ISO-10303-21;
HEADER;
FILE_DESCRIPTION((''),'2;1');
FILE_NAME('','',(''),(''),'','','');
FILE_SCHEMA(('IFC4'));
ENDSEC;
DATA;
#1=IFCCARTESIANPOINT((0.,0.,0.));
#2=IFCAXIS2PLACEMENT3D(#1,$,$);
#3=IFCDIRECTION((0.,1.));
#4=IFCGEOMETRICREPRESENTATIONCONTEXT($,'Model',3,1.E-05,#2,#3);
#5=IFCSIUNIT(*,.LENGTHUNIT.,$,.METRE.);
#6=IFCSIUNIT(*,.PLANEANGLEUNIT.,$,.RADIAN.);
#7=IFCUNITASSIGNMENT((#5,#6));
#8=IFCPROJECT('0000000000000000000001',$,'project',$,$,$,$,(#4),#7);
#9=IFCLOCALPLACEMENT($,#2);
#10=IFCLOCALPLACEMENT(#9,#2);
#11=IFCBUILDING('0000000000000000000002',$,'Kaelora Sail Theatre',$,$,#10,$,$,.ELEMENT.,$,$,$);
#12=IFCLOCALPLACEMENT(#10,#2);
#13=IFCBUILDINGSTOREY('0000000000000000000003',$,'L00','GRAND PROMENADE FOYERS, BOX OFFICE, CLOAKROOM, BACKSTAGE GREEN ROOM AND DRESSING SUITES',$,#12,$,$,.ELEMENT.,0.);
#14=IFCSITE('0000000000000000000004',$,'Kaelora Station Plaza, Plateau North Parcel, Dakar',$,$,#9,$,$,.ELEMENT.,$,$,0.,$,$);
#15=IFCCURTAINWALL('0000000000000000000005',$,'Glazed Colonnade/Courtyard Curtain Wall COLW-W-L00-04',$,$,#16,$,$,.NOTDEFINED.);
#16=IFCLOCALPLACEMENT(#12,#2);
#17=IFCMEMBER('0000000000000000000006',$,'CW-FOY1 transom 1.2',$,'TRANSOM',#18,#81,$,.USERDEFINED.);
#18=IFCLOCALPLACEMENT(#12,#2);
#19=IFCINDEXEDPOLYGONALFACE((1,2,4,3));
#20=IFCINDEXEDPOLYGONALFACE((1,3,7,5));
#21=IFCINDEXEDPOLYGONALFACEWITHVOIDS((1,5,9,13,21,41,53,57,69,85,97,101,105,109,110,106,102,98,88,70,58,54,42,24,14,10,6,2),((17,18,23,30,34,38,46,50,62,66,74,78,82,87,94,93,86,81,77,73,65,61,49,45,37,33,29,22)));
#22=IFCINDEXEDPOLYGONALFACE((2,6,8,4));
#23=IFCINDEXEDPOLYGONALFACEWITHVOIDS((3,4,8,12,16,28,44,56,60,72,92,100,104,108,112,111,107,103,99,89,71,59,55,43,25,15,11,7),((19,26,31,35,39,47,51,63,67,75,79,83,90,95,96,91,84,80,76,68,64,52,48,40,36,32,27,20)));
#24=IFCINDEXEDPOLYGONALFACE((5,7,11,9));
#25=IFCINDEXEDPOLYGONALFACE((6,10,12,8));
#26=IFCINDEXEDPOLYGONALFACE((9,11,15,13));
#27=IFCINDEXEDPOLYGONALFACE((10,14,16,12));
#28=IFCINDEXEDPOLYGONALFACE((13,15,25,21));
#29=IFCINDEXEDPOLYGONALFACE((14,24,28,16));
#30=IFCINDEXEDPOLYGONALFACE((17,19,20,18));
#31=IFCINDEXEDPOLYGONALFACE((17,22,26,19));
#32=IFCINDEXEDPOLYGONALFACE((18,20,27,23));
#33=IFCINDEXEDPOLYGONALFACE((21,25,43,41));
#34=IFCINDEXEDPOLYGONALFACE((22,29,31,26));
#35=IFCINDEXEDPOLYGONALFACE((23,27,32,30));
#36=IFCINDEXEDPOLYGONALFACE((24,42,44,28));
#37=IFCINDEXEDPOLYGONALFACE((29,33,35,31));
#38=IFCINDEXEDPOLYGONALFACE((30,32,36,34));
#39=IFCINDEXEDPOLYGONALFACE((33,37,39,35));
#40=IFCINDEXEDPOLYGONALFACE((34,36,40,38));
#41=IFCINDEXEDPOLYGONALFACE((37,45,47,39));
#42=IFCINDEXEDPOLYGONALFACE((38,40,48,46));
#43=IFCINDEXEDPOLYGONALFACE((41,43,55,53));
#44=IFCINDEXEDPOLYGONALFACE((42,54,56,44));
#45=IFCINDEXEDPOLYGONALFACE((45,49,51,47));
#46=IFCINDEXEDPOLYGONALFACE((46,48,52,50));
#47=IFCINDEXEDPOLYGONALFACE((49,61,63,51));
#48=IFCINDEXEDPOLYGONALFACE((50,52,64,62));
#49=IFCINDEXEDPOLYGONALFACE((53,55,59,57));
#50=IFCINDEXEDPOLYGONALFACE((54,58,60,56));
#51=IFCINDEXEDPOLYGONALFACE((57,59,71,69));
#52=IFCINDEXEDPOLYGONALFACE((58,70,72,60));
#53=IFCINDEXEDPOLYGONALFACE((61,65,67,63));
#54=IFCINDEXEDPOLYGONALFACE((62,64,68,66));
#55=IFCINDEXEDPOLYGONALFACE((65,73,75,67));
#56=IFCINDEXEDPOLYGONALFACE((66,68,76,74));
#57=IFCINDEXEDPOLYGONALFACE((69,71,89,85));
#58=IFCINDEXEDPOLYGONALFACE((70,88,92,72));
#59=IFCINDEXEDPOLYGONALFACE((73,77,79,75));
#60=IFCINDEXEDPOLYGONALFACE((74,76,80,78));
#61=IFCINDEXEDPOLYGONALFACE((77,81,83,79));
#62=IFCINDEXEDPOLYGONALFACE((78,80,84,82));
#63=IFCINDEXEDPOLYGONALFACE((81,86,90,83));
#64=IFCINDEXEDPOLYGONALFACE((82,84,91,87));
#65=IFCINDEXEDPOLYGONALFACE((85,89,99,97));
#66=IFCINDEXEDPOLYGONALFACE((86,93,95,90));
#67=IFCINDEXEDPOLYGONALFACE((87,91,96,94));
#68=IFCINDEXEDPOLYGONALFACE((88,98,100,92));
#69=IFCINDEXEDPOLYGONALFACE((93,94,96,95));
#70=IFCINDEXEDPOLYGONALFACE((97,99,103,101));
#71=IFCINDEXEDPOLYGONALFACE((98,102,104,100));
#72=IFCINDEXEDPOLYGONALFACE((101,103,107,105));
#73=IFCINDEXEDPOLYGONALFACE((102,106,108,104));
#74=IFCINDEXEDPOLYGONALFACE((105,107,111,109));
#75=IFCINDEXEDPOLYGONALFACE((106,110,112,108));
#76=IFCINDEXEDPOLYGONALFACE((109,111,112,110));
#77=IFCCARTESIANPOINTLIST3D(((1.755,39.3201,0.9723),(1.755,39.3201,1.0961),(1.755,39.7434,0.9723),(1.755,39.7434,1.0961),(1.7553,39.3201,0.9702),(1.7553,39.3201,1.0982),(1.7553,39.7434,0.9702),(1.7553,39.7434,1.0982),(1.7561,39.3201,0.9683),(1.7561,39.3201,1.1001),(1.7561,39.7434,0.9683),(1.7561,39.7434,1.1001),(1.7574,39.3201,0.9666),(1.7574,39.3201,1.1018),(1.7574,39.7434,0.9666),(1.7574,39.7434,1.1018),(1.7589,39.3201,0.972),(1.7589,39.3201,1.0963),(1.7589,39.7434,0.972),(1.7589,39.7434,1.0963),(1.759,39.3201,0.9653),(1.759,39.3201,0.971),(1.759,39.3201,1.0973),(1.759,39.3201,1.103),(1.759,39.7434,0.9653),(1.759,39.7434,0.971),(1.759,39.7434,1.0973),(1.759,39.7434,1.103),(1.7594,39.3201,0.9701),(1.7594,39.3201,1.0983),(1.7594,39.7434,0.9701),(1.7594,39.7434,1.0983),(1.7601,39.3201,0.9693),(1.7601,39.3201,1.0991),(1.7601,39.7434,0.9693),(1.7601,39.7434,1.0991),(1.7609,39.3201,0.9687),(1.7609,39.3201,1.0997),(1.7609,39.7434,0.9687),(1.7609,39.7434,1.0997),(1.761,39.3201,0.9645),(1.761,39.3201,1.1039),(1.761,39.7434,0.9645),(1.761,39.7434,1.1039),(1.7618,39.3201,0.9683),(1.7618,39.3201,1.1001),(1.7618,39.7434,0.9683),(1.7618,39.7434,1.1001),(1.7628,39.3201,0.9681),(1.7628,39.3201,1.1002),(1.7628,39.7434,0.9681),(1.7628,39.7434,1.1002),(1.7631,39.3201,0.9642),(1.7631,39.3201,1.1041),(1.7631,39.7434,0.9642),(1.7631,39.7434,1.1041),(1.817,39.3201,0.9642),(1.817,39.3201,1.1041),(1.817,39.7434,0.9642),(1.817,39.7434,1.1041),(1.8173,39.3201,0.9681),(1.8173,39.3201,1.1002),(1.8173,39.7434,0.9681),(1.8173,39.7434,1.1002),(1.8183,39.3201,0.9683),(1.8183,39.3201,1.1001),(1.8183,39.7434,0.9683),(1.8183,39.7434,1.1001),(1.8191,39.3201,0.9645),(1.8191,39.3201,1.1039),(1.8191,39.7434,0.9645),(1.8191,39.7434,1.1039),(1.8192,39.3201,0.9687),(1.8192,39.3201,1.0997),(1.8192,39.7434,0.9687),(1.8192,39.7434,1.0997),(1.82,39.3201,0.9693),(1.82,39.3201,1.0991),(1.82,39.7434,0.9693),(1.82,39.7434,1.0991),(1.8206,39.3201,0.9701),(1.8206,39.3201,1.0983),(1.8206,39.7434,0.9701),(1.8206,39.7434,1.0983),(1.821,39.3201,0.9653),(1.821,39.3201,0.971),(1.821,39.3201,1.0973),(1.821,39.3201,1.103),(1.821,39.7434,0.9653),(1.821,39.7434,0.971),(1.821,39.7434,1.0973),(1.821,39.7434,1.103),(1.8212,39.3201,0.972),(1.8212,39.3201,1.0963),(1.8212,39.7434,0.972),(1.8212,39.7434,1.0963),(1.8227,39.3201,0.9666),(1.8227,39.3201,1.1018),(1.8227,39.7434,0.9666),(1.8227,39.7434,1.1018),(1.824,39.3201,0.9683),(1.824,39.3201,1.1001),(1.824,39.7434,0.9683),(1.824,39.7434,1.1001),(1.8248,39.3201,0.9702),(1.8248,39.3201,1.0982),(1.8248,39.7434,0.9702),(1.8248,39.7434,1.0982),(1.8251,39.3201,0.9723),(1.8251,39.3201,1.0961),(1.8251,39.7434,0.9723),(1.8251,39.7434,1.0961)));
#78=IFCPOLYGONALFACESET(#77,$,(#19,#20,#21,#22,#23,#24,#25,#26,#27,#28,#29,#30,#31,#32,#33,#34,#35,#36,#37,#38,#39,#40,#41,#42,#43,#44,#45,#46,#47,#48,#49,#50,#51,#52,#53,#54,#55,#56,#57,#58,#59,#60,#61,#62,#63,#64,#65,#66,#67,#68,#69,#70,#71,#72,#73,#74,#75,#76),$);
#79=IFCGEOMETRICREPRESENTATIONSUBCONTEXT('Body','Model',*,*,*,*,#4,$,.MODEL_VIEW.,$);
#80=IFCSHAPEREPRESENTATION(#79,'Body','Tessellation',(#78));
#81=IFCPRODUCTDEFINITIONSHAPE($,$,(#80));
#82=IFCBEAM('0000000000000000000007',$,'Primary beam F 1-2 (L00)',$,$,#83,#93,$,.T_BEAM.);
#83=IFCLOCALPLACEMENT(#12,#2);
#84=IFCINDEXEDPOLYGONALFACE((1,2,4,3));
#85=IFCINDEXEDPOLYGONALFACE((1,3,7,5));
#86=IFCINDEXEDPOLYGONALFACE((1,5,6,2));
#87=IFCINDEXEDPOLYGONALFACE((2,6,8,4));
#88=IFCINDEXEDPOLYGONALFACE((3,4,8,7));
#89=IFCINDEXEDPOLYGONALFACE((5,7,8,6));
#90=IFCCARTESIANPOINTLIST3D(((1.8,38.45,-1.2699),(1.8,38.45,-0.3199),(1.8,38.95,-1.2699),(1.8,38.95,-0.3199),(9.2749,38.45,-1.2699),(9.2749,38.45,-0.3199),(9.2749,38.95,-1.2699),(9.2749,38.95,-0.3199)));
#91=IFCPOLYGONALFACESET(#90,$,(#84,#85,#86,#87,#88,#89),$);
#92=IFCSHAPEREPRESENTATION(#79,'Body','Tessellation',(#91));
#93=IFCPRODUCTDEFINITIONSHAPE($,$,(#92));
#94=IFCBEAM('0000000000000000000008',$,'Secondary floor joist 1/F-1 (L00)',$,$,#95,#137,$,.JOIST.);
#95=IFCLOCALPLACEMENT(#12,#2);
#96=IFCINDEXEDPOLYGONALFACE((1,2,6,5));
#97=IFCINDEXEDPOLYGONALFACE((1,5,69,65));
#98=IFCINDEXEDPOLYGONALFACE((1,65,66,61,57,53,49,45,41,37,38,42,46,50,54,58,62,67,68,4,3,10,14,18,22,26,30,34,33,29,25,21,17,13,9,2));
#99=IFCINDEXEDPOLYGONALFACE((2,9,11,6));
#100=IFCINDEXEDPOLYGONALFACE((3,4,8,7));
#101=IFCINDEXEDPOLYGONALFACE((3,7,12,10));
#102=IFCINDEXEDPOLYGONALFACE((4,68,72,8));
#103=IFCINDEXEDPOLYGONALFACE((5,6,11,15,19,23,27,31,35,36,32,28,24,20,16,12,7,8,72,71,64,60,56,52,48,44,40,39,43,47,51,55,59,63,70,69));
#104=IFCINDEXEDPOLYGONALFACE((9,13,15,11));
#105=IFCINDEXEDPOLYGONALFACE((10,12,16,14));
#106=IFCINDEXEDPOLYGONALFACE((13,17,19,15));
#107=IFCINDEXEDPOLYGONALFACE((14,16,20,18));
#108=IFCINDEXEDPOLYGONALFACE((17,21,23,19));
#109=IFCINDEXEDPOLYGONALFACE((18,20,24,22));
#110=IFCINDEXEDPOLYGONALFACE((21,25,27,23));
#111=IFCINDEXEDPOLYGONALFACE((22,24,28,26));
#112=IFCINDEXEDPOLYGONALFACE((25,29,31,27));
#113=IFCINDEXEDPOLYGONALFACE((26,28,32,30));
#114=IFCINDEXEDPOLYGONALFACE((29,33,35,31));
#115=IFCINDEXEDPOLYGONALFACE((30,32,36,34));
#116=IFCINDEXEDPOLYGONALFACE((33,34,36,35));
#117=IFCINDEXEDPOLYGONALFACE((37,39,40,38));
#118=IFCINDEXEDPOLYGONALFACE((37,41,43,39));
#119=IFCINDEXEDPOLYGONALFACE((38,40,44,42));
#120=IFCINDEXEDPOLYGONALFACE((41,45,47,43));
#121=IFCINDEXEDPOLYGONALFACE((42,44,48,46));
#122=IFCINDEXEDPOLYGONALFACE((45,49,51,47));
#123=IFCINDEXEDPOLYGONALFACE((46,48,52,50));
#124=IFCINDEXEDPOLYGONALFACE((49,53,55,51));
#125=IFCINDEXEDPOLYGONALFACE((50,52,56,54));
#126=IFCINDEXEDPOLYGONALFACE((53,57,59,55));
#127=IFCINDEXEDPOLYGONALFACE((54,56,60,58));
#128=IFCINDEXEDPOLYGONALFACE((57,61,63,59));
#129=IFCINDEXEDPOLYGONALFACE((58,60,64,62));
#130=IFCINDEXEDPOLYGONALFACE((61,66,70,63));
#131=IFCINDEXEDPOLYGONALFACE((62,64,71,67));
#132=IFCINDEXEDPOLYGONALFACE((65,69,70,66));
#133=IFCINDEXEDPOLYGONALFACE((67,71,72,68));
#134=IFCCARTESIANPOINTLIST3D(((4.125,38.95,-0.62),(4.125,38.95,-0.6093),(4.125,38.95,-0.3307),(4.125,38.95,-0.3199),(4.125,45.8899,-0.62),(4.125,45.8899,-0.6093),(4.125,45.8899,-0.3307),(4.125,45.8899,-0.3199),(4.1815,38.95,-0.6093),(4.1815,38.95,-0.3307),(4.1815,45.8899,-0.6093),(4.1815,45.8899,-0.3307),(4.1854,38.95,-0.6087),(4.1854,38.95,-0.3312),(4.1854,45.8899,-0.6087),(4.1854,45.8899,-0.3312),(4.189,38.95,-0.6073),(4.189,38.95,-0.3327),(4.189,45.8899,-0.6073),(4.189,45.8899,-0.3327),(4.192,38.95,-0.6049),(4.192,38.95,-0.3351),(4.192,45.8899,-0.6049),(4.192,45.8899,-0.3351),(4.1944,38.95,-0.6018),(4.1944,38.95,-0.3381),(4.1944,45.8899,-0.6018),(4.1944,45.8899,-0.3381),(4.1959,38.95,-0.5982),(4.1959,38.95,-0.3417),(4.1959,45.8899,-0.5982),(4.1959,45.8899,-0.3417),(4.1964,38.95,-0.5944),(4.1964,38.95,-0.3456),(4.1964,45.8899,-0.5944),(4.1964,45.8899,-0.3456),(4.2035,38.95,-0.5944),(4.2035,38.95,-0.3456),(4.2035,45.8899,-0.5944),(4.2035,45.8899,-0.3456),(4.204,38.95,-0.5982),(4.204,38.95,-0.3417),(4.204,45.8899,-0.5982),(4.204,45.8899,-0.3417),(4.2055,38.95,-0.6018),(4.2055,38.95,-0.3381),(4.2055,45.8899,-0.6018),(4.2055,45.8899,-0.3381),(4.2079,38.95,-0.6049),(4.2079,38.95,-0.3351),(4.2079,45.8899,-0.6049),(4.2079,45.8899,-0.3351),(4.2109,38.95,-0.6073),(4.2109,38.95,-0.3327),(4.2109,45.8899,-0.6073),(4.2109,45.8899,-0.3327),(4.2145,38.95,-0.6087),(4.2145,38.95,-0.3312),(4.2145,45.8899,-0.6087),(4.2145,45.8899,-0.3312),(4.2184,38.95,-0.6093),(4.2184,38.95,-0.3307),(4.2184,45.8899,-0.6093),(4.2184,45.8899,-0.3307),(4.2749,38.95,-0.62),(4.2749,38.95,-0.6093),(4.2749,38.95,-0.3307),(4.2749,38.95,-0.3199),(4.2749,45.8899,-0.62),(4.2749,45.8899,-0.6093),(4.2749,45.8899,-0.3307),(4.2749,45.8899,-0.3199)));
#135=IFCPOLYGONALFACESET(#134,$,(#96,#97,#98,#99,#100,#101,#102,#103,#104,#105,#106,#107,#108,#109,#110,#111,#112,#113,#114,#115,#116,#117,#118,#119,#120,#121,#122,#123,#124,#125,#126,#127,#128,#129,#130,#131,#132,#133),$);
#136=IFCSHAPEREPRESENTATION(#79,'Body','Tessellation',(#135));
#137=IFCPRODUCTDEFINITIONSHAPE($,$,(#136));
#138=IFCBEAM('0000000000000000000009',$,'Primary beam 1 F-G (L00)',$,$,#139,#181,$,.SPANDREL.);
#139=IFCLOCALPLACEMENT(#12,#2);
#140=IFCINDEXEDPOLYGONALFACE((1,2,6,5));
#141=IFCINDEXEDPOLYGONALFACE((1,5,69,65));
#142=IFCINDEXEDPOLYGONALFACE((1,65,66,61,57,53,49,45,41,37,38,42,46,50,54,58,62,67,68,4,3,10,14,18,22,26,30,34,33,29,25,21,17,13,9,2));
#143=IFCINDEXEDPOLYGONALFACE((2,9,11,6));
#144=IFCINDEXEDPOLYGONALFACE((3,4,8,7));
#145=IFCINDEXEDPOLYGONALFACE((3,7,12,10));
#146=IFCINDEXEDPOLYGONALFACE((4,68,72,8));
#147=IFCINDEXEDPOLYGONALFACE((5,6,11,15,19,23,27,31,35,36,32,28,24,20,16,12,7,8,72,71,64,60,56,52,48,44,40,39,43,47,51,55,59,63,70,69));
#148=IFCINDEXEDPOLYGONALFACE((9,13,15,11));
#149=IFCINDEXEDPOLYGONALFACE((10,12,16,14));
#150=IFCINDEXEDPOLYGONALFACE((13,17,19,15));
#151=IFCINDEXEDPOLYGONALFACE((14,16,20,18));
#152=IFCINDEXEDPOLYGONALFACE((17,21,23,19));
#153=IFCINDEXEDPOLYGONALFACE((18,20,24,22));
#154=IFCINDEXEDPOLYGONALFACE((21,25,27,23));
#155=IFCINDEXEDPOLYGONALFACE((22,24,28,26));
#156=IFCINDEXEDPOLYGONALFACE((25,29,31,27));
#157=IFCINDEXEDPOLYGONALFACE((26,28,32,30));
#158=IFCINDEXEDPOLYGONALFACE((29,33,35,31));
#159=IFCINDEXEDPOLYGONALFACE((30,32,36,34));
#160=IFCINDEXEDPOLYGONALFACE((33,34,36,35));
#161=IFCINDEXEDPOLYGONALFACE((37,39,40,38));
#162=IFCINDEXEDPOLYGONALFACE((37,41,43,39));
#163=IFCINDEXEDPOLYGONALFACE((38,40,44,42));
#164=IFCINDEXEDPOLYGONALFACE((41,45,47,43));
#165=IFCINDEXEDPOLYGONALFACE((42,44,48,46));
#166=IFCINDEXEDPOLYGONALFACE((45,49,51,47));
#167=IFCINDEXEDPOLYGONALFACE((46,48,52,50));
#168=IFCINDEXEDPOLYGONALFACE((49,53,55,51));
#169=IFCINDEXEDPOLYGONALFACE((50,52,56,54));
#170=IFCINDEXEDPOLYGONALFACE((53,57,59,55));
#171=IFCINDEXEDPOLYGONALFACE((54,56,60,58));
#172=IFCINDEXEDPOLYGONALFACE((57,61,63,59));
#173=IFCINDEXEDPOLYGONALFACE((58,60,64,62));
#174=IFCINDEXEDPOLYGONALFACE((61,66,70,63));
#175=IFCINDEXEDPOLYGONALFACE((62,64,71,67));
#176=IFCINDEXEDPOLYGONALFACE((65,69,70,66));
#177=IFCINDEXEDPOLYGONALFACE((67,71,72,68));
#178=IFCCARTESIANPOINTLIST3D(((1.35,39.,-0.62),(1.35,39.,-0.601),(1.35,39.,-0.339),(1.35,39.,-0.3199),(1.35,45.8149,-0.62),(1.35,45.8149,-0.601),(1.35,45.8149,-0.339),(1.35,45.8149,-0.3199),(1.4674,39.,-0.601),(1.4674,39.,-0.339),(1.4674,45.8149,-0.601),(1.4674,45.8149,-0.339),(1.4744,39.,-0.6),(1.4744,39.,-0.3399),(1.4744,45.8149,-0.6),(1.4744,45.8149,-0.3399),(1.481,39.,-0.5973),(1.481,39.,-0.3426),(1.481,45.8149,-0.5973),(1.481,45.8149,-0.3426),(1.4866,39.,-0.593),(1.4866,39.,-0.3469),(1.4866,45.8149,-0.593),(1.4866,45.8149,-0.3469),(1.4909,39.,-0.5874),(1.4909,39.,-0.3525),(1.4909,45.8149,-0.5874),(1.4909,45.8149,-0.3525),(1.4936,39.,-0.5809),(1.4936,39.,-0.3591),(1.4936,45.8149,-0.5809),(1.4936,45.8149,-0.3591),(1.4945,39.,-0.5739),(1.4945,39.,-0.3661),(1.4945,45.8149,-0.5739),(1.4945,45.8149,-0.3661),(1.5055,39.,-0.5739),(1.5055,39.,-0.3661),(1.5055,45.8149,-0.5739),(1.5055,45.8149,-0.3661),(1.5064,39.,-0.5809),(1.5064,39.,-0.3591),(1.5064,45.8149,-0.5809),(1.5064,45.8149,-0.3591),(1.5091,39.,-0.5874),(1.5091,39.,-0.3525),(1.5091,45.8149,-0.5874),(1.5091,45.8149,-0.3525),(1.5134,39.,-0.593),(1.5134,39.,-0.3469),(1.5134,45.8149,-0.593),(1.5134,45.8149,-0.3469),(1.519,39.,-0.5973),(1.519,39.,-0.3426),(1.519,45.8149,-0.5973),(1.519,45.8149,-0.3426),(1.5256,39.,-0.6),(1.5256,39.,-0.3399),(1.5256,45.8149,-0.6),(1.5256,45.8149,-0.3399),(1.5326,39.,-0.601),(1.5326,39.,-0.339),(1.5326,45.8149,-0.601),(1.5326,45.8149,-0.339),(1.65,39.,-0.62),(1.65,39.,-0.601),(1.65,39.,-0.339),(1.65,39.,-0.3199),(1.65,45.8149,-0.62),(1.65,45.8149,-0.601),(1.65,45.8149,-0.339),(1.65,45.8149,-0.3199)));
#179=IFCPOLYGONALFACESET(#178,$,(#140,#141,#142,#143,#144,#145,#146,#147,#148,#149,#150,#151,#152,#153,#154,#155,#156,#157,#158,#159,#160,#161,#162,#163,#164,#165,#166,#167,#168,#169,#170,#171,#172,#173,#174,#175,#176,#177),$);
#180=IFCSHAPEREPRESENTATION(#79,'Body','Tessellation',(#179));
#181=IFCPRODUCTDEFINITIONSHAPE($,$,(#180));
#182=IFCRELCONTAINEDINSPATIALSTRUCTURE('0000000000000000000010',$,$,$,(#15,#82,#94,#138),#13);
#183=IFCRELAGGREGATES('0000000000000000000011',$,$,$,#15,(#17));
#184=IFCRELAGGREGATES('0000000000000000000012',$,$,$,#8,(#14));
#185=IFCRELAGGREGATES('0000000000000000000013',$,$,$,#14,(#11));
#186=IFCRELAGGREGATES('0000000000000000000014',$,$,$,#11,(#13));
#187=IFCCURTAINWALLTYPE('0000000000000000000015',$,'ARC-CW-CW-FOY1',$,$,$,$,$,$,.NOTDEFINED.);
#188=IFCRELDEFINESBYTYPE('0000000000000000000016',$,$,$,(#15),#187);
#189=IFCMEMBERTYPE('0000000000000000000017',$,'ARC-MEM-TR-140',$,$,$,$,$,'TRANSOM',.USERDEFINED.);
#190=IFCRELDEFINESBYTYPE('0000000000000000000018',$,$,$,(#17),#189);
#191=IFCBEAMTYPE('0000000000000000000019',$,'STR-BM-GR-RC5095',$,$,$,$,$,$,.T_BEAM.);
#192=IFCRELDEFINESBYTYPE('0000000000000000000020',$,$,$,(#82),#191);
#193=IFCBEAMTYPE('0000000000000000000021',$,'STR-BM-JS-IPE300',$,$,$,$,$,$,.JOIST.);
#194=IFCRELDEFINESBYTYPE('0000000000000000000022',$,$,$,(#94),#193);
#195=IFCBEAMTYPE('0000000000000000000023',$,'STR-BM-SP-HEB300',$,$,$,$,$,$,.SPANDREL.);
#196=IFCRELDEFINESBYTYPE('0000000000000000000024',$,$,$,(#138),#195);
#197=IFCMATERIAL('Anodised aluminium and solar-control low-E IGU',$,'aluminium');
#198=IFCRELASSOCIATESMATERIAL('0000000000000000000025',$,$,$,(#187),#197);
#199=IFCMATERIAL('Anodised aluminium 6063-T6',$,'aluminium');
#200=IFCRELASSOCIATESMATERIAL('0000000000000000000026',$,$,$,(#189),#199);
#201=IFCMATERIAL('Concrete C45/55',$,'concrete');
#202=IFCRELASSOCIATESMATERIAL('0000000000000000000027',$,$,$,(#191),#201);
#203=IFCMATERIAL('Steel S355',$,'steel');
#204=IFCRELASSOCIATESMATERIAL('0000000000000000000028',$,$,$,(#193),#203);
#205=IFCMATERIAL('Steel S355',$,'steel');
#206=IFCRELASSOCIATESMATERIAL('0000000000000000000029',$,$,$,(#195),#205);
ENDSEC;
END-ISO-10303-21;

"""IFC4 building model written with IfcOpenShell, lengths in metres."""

from ifc_helpers import new_model, si_unit, direction, frame, origin, origin_2d, place, context, subcontext, project, spatial, rectangle, hollow_rectangle, i_section, extrude, material, material_profile, profile_set, type_object, element, aggregate, save


model = new_model("IFC4")

# Units and contexts
model_context = context("Model", 3, precision=1e-05, world=origin(), true_north=direction((0.0, 1.0)))
body_context = subcontext(model_context, "Body", "Model", "MODEL_VIEW")
ifc_project = project(units=[si_unit("LENGTHUNIT", "METRE"), si_unit("PLANEANGLEUNIT", "RADIAN")], contexts=[model_context])

# Site, building, storey
site_placement = place(None, origin())
site = spatial("IfcSite", under=ifc_project, at=site_placement, Name="Kaelora Station Plaza, Plateau North Parcel, Dakar", CompositionType="ELEMENT", RefElevation=0.0)
building_placement = place(site_placement, origin())
building = spatial("IfcBuilding", under=site, at=building_placement, Name="Kaelora Sail Theatre", CompositionType="ELEMENT")
storey_placement = place(building_placement, origin())
storey = spatial("IfcBuildingStorey", under=building, at=storey_placement, Name="L00", Description="GRAND PROMENADE FOYERS, BOX OFFICE, CLOAKROOM, BACKSTAGE GREEN ROOM AND DRESSING SUITES", CompositionType="ELEMENT", Elevation=0.0)

# Shared definitions
ifc_material_1 = material(Name="Anodised aluminium and solar-control low-E IGU", Category="aluminium")
curtain_wall_type = type_object("IfcCurtainWallType", Name="ARC-CW-CW-FOY1", PredefinedType="NOTDEFINED", material=ifc_material_1)

# Curtain wall
curtain_wall_1_placement = place(storey_placement, origin())
curtain_wall_1 = element("IfcCurtainWall", 1, at=curtain_wall_1_placement, inside=storey, type_object=curtain_wall_type, Name="Glazed Colonnade/Courtyard Curtain Wall COLW-W-L00-04", PredefinedType="NOTDEFINED")

# Member
ifc_material_2 = material(Name="Anodised aluminium 6063-T6", Category="aluminium")
ifc_material_profile_1 = material_profile(ifc_material_2, hollow_rectangle(XDim=0.0701, YDim=0.1399, WallThickness=0.0039, InnerFilletRadius=0.0039, OuterFilletRadius=0.0081, at=origin_2d()), Name="ALU-TRAN 70x140x4")
ifc_profile_set_1 = profile_set([ifc_material_profile_1], Name="Anodised aluminium 6063-T6")
member_type_1 = type_object("IfcMemberType", Name="ARC-MEM-TR-140", ElementType="TRANSOM", PredefinedType="USERDEFINED", material=ifc_profile_set_1)
member_1_placement = place(storey_placement, frame((1.79, 39.3201, 1.0342), z_axis=(0.0, 1.0, 0.0), x_axis=(-1.0, 0.0, 0.0)))
member_1 = element("IfcMember", 2, at=member_1_placement, type_object=member_type_1, Name="CW-FOY1 transom 1.2", ObjectType="TRANSOM", PredefinedType="USERDEFINED", context=body_context, shape_type="SweptSolid", body=[
    extrude(hollow_rectangle(XDim=0.0701, YDim=0.1399, WallThickness=0.0039, InnerFilletRadius=0.0039, OuterFilletRadius=0.0081, at=origin_2d()), origin(), (0.0, 0.0, 1.0), 0.4233),
])
aggregate(curtain_wall_1, [member_1])

# Beams
ifc_material_3 = material(Name="Concrete C45/55", Category="concrete")
ifc_material_profile_2 = material_profile(ifc_material_3, rectangle(XDim=0.5, YDim=0.95, at=origin_2d()), Name="RC-GRD 500x950")
ifc_profile_set_2 = profile_set([ifc_material_profile_2], Name="Concrete C45/55")
beam_type_1 = type_object("IfcBeamType", Name="STR-BM-GR-RC5095", PredefinedType="T_BEAM", material=ifc_profile_set_2)
beam_1_placement = place(storey_placement, frame((1.8, 38.7, -0.7949), z_axis=(1.0, 0.0, 0.0), x_axis=(0.0, 1.0, 0.0)))
element("IfcBeam", 3, at=beam_1_placement, inside=storey, type_object=beam_type_1, Name="Primary beam F 1-2 (L00)", PredefinedType="T_BEAM", context=body_context, shape_type="SweptSolid", body=[
    extrude(rectangle(XDim=0.5, YDim=0.95, at=origin_2d()), origin(), (0.0, 0.0, 1.0), 7.4749),
])
ifc_material_4 = material(Name="Steel S355", Category="steel")
ifc_material_profile_3 = material_profile(ifc_material_4, i_section(OverallWidth=0.1499, OverallDepth=0.3, WebThickness=0.0071, FlangeThickness=0.0107, FilletRadius=0.0149, at=origin_2d()), Name="IPE 300")
ifc_profile_set_3 = profile_set([ifc_material_profile_3], Name="Steel S355")
beam_type_2 = type_object("IfcBeamType", Name="STR-BM-JS-IPE300", PredefinedType="JOIST", material=ifc_profile_set_3)
beam_2_placement = place(storey_placement, frame((4.2, 38.95, -0.47), z_axis=(0.0, 1.0, 0.0), x_axis=(-1.0, 0.0, 0.0)))
element("IfcBeam", 4, at=beam_2_placement, inside=storey, type_object=beam_type_2, Name="Secondary floor joist 1/F-1 (L00)", PredefinedType="JOIST", context=body_context, shape_type="SweptSolid", body=[
    extrude(i_section(OverallWidth=0.1499, OverallDepth=0.3, WebThickness=0.0071, FlangeThickness=0.0107, FilletRadius=0.0149, at=origin_2d()), origin(), (0.0, 0.0, 1.0), 6.9399),
])
ifc_material_5 = material(Name="Steel S355", Category="steel")
ifc_material_profile_4 = material_profile(ifc_material_5, i_section(OverallWidth=0.3, OverallDepth=0.3, WebThickness=0.011, FlangeThickness=0.019, FilletRadius=0.0271, at=origin_2d()), Name="HEB 300")
ifc_profile_set_4 = profile_set([ifc_material_profile_4], Name="Steel S355")
beam_type_3 = type_object("IfcBeamType", Name="STR-BM-SP-HEB300", PredefinedType="SPANDREL", material=ifc_profile_set_4)
beam_3_placement = place(storey_placement, frame((1.5, 39.0, -0.47), z_axis=(0.0, 1.0, 0.0), x_axis=(-1.0, 0.0, 0.0)))
element("IfcBeam", 5, at=beam_3_placement, inside=storey, type_object=beam_type_3, Name="Primary beam 1 F-G (L00)", PredefinedType="SPANDREL", context=body_context, shape_type="SweptSolid", body=[
    extrude(i_section(OverallWidth=0.3, OverallDepth=0.3, WebThickness=0.011, FlangeThickness=0.019, FilletRadius=0.0271, at=origin_2d()), origin(), (0.0, 0.0, 1.0), 6.8149),
])

save(model, "model.ifc")
